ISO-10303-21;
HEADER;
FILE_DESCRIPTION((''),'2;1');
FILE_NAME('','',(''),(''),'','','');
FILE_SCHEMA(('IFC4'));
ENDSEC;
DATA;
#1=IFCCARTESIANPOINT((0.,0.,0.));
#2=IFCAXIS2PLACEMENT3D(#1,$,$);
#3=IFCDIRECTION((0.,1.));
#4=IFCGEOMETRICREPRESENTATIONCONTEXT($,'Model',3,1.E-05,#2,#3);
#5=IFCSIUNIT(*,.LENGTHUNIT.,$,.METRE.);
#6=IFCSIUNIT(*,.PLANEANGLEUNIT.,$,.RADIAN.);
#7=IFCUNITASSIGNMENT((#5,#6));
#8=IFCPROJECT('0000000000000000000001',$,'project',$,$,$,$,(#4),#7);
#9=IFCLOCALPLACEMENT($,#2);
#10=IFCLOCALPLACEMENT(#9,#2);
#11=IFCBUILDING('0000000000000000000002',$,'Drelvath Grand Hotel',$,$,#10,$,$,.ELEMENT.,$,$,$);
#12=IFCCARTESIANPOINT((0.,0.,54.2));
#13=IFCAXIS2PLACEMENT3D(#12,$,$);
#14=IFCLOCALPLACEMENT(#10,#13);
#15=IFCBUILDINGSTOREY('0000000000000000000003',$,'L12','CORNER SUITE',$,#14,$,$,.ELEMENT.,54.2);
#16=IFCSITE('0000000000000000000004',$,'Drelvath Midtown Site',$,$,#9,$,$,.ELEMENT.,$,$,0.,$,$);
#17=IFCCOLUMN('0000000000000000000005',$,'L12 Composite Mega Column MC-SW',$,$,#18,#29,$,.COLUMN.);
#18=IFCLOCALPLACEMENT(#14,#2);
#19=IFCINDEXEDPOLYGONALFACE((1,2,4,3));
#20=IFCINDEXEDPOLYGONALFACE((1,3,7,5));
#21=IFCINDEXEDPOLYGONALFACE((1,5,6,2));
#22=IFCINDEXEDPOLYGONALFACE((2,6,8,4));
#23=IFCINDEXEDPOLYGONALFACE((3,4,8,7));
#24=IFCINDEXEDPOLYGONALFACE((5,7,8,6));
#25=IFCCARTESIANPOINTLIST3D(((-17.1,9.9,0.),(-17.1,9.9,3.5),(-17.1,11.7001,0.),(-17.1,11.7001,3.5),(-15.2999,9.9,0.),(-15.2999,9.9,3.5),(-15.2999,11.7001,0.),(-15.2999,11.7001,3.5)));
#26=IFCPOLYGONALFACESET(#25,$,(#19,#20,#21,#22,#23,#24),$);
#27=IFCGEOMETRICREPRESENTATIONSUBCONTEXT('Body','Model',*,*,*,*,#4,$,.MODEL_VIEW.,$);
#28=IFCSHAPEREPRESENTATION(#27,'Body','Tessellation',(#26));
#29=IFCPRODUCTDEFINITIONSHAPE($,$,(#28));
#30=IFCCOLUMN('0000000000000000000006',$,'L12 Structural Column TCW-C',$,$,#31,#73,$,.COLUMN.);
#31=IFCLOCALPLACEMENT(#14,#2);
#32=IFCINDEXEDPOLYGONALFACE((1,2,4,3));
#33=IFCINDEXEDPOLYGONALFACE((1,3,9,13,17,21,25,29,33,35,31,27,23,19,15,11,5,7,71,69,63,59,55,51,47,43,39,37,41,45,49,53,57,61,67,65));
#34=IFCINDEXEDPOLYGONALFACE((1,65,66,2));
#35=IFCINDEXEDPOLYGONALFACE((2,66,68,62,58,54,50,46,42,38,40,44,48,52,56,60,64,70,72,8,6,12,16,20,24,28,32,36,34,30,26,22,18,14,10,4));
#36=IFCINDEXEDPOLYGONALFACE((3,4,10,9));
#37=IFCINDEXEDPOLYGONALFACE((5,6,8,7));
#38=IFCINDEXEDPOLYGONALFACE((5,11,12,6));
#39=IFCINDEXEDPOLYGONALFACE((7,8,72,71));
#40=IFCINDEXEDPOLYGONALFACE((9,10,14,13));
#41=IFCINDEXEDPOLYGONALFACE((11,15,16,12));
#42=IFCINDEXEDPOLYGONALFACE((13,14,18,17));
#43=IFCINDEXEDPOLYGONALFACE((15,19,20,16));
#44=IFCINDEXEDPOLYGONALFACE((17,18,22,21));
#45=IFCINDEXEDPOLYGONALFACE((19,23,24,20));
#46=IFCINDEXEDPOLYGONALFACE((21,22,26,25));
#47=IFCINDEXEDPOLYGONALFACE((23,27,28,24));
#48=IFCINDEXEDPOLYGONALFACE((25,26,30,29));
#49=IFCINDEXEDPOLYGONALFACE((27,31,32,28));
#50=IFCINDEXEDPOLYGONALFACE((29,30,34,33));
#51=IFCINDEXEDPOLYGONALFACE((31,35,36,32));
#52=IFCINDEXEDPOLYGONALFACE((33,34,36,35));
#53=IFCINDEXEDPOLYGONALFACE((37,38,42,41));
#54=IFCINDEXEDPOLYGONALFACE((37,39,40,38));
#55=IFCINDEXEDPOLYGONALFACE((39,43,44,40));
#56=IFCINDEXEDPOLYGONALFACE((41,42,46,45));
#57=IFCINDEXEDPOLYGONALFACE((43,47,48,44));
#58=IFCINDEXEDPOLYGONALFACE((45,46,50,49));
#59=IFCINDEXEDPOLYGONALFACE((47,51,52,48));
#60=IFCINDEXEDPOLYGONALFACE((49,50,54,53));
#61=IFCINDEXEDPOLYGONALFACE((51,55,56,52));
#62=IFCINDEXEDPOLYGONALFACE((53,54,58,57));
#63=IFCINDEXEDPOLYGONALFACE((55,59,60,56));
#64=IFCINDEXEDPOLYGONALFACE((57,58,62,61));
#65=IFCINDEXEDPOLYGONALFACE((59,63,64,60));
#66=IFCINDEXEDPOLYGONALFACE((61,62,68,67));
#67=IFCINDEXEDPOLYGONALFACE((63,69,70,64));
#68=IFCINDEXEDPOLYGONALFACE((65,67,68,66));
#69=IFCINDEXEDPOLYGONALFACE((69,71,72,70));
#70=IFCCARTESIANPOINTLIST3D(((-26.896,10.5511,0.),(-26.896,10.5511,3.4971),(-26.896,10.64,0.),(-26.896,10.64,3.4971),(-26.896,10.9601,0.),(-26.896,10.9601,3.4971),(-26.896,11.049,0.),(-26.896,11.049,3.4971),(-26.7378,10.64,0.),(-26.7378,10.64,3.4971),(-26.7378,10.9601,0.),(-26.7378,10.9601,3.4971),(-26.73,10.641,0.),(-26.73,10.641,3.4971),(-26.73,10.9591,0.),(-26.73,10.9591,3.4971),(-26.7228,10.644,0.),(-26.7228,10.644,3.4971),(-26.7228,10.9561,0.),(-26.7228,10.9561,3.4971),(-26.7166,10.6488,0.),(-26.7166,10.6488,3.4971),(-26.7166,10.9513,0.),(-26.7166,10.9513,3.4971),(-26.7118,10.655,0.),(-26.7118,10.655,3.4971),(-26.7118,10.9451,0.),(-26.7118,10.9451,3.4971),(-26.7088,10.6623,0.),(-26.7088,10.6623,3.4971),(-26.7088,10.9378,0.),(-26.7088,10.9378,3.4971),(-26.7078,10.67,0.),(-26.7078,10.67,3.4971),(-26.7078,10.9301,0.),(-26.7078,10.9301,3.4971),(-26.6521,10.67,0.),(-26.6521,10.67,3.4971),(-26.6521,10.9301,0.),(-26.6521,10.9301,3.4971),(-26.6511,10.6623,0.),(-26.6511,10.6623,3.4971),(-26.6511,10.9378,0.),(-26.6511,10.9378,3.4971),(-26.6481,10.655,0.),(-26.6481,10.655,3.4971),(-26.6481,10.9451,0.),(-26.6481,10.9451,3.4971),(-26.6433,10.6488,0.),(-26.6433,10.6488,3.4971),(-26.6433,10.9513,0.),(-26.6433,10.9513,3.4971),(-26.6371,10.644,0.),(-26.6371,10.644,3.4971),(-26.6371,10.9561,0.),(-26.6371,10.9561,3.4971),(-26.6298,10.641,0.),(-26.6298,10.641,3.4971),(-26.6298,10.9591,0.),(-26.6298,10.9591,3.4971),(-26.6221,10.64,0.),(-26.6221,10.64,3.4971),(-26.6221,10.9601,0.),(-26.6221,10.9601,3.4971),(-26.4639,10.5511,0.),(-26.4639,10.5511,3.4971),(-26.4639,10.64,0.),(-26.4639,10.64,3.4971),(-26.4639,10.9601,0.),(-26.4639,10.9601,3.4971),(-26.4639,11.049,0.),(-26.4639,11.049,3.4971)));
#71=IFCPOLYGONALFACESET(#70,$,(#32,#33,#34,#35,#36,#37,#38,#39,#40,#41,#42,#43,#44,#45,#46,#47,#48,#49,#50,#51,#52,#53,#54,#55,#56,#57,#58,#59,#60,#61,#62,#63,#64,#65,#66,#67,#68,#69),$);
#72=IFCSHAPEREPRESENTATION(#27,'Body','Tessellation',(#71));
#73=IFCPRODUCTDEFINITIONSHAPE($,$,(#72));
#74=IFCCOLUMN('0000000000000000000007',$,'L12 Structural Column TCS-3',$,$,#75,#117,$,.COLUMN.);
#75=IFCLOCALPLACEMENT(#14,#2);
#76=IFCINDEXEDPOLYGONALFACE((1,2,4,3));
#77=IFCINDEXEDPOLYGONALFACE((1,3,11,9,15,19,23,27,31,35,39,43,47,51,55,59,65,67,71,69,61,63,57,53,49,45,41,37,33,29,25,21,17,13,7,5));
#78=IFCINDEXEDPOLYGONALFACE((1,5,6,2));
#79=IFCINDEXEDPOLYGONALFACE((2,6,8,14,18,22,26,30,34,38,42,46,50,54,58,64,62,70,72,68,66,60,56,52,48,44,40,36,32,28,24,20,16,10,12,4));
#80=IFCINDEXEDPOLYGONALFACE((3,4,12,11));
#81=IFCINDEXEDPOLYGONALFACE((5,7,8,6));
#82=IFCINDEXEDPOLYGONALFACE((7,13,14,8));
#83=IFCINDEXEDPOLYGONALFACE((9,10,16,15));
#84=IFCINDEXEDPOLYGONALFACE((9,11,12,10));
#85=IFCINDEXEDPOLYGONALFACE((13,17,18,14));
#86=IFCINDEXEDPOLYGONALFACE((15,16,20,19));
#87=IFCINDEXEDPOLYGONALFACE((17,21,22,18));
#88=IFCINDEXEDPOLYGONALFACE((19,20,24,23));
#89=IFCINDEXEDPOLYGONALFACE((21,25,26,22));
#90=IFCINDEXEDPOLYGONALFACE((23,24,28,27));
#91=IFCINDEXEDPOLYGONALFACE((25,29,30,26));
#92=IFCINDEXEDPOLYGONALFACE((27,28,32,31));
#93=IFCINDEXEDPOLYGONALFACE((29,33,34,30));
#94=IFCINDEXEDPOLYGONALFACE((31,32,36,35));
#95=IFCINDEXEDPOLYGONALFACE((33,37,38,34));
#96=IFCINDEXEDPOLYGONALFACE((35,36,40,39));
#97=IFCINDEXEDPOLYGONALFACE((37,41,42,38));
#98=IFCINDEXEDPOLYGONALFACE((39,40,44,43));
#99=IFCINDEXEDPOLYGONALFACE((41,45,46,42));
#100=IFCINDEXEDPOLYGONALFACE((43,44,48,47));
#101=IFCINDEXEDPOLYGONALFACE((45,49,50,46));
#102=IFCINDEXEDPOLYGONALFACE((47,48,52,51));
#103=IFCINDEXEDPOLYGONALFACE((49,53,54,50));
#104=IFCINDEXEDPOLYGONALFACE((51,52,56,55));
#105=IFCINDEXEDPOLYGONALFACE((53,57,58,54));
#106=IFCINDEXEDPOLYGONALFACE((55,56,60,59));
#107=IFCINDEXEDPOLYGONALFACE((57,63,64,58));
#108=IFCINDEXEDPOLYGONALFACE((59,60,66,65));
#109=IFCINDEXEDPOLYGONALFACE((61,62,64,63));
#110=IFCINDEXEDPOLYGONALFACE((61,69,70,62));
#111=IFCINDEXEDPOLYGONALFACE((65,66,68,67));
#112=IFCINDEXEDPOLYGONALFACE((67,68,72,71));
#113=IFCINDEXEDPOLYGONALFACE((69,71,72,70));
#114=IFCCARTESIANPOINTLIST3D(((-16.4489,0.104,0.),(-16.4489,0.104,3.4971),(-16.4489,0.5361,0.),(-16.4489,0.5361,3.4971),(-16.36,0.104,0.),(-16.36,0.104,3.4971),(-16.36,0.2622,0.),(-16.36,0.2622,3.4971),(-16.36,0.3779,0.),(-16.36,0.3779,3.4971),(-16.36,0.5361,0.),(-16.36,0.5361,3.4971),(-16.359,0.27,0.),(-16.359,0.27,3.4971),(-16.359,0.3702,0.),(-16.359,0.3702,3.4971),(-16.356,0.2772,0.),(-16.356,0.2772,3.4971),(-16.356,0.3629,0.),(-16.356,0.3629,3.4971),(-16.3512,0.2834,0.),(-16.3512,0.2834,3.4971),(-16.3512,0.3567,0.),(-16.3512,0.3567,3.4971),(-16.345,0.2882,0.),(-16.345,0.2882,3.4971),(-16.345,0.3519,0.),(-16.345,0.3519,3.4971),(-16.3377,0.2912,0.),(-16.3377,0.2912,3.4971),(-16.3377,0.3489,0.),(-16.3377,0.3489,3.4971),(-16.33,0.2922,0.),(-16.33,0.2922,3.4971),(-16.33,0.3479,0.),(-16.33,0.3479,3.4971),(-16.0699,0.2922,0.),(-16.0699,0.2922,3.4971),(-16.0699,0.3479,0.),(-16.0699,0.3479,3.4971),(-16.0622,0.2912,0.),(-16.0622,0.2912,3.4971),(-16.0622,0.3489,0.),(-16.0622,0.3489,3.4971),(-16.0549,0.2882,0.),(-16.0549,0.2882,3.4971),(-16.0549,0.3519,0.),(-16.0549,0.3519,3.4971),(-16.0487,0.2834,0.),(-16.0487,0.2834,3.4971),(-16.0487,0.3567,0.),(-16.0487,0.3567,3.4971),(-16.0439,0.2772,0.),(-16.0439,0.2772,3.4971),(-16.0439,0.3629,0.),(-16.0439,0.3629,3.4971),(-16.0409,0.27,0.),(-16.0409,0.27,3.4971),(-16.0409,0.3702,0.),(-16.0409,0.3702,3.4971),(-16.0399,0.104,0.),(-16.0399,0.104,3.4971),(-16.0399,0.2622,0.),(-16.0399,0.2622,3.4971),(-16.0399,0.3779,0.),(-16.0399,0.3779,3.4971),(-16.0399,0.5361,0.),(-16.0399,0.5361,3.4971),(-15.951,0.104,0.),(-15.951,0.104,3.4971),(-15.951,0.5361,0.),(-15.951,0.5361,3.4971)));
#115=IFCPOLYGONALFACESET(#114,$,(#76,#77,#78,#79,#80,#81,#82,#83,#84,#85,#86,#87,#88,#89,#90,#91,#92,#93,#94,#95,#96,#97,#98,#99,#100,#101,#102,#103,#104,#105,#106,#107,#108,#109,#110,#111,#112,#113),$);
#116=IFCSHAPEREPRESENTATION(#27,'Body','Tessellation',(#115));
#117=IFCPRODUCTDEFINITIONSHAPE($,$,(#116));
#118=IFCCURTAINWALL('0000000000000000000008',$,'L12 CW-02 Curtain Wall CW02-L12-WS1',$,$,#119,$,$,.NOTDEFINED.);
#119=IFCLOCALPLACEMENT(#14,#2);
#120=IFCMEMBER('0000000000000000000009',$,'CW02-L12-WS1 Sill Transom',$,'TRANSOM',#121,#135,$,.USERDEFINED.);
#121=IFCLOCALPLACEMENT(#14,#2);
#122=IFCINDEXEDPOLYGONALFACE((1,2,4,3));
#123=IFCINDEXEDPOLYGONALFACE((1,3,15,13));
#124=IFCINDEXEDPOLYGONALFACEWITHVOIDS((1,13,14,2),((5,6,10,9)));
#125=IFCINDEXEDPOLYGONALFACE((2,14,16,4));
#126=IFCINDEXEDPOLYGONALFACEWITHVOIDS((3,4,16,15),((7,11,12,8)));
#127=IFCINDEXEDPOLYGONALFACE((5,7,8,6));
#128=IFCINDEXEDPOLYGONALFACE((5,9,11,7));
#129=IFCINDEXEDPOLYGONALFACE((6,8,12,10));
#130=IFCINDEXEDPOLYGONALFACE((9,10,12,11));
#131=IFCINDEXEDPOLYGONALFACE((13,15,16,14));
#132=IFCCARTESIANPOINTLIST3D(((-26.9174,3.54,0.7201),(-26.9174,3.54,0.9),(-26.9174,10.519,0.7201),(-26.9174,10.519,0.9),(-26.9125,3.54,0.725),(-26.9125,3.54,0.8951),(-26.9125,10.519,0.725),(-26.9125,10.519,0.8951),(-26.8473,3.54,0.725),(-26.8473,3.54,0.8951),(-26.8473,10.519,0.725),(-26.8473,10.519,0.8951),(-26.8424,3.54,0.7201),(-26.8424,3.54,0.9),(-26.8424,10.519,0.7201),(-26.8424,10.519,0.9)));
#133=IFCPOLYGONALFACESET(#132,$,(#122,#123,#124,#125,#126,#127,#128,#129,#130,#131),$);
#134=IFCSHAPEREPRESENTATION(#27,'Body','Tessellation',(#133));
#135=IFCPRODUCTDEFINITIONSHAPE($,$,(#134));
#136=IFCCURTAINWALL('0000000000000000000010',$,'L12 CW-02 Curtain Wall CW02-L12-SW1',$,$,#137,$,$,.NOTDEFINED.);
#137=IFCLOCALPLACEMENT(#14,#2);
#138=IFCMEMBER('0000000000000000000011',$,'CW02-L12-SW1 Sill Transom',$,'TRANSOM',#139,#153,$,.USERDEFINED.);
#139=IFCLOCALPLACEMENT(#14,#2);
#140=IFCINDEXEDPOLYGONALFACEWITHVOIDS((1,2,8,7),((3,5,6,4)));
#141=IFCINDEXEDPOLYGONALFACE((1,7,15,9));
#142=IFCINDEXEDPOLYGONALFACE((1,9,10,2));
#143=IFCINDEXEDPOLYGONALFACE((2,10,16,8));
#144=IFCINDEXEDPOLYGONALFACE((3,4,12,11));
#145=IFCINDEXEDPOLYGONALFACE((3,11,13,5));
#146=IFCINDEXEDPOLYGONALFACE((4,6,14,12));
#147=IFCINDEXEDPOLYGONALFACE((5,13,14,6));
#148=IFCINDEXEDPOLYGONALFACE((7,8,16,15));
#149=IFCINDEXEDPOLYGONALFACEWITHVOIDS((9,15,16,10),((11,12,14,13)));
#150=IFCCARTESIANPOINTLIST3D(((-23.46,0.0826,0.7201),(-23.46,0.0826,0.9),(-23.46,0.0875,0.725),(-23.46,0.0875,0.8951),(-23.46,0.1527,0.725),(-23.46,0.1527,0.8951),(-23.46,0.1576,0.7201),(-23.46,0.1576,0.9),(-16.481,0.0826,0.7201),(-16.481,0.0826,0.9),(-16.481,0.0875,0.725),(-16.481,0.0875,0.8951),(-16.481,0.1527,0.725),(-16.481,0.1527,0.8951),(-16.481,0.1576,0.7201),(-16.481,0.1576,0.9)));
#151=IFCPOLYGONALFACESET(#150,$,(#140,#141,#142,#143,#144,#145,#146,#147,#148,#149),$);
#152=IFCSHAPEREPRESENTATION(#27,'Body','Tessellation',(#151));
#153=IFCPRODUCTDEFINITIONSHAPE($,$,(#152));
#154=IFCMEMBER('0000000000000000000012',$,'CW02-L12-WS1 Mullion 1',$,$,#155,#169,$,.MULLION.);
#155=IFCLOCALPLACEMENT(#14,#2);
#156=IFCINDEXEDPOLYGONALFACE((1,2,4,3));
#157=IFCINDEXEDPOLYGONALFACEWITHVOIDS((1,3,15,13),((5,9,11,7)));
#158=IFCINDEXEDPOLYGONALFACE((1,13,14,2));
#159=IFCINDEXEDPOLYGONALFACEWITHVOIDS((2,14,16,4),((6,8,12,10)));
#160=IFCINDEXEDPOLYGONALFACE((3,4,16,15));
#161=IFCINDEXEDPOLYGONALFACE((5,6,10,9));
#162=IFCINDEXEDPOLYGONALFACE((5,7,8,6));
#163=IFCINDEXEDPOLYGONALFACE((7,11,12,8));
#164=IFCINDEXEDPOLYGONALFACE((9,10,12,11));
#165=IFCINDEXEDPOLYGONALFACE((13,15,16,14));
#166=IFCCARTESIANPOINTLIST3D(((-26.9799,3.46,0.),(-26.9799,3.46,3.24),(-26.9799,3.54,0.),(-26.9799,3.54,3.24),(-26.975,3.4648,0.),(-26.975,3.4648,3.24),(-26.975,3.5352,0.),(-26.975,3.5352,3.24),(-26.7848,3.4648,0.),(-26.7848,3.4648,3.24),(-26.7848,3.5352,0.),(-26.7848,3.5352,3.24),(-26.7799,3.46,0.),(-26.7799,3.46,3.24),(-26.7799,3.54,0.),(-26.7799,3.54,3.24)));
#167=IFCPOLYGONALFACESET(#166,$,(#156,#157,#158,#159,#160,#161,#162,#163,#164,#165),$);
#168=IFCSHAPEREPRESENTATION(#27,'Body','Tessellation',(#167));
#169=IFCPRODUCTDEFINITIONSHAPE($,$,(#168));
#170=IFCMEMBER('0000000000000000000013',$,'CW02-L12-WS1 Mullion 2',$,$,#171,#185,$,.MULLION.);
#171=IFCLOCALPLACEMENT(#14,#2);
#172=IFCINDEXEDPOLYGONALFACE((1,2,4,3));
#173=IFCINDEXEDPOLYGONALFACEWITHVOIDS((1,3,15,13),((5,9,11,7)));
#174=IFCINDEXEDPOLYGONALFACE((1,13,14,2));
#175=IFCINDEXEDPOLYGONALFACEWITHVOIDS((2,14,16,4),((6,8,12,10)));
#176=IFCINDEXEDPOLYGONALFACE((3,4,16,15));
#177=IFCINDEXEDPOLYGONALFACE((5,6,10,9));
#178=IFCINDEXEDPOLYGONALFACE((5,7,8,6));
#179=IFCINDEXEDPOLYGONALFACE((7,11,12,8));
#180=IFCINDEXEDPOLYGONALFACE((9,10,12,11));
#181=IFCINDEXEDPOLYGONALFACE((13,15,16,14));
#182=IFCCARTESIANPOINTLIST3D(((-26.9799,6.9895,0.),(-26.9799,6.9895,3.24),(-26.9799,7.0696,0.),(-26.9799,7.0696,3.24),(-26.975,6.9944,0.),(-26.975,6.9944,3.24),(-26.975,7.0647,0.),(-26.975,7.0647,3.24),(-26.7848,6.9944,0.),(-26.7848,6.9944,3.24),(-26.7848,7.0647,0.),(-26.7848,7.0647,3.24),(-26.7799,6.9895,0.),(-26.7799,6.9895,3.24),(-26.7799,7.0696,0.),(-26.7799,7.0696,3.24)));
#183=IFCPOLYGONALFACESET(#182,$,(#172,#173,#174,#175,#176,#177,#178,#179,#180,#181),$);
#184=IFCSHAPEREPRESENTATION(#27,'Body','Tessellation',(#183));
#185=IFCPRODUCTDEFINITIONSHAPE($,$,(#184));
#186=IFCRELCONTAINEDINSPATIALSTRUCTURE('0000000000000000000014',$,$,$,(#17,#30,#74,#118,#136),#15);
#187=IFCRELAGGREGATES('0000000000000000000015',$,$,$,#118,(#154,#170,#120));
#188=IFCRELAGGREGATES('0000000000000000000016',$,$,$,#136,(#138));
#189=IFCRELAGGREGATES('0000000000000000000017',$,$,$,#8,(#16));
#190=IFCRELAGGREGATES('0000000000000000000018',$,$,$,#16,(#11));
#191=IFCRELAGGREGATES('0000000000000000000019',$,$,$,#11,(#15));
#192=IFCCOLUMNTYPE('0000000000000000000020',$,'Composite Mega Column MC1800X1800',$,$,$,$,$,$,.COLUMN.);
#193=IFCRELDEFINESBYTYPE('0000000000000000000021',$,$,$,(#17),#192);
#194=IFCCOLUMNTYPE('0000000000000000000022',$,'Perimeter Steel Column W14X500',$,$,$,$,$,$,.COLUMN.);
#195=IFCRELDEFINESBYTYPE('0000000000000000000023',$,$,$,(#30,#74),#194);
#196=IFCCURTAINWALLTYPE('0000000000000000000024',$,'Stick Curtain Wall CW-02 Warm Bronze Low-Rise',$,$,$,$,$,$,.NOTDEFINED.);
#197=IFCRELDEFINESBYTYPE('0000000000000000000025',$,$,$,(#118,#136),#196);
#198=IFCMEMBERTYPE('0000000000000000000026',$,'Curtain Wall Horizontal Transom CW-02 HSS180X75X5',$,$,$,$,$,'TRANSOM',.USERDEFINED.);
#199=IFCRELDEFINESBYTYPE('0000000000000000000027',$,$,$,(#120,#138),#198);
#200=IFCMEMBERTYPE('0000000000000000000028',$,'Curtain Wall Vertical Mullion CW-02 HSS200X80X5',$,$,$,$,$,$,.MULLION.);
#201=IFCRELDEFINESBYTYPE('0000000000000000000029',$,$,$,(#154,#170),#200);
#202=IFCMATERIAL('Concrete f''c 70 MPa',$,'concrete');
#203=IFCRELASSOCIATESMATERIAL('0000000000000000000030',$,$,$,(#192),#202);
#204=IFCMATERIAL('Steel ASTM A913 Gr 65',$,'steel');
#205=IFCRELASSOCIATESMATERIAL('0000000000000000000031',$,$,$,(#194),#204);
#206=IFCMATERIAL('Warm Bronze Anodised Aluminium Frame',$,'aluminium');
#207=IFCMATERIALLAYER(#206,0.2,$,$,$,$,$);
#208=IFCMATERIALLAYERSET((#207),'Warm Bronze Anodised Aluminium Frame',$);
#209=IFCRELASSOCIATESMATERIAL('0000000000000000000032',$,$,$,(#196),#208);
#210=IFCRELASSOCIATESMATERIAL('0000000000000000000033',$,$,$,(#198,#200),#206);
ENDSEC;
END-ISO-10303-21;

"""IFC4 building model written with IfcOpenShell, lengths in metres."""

from ifc_helpers import new_model, si_unit, direction, frame, origin, origin_2d, place, context, subcontext, project, spatial, rectangle, hollow_rectangle, i_section, extrude, material, layer, layer_set, material_profile, profile_set, type_object, element, aggregate, save


model = new_model("IFC4")

# Units and contexts
model_context = context("Model", 3, precision=1e-05, world=origin(), true_north=direction((0.0, 1.0)))
body_context = subcontext(model_context, "Body", "Model", "MODEL_VIEW")
ifc_project = project(units=[si_unit("LENGTHUNIT", "METRE"), si_unit("PLANEANGLEUNIT", "RADIAN")], contexts=[model_context])

# Site, building, storey
site_placement = place(None, origin())
site = spatial("IfcSite", under=ifc_project, at=site_placement, Name="Drelvath Midtown Site", CompositionType="ELEMENT", RefElevation=0.0)
building_placement = place(site_placement, origin())
building = spatial("IfcBuilding", under=site, at=building_placement, Name="Drelvath Grand Hotel", CompositionType="ELEMENT")
storey_placement = place(building_placement, frame((0.0, 0.0, 54.2)))
storey = spatial("IfcBuildingStorey", under=building, at=storey_placement, Name="L12", Description="CORNER SUITE", CompositionType="ELEMENT", Elevation=54.2)

# Columns
ifc_material_1 = material(Name="Concrete f'c 70 MPa", Category="concrete")
ifc_material_profile_1 = material_profile(ifc_material_1, rectangle(XDim=1.8, YDim=1.8, at=origin_2d()), Name="MC1800X1800")
ifc_profile_set_1 = profile_set([ifc_material_profile_1], Name="Concrete f'c 70 MPa")
column_type_1 = type_object("IfcColumnType", Name="Composite Mega Column MC1800X1800", PredefinedType="COLUMN", material=ifc_profile_set_1)
column_placement = place(storey_placement, frame((-16.2, 10.8, 0.0), z_axis=(0.0, 0.0, 1.0), x_axis=(1.0, 0.0, 0.0)))
element("IfcColumn", 1, at=column_placement, inside=storey, type_object=column_type_1, Name="L12 Composite Mega Column MC-SW", PredefinedType="COLUMN", context=body_context, shape_type="SweptSolid", body=[
    extrude(rectangle(XDim=1.8, YDim=1.8, at=origin_2d()), origin(), (0.0, 0.0, 1.0), 3.5),
])
ifc_material_2 = material(Name="Steel ASTM A913 Gr 65", Category="steel")
ifc_material_profile_2 = material_profile(ifc_material_2, i_section(OverallWidth=0.4321, OverallDepth=0.4978, WebThickness=0.0557, FlangeThickness=0.0889, FilletRadius=0.03, at=origin_2d()), Name="W14X500")
ifc_profile_set_2 = profile_set([ifc_material_profile_2], Name="Steel ASTM A913 Gr 65")
column_type_2 = type_object("IfcColumnType", Name="Perimeter Steel Column W14X500", PredefinedType="COLUMN", material=ifc_profile_set_2)
for number, where, z_axis, x_axis, name in (
    (2, (-26.6799, 10.8, 0.0), (0.0, 0.0, 1.0), (1.0, 0.0, 0.0), "L12 Structural Column TCW-C"),
    (3, (-16.2, 0.3201, 0.0), (0.0, 0.0, 1.0), (0.0, 1.0, 0.0), "L12 Structural Column TCS-3"),
):
    element("IfcColumn", number, at=place(storey_placement, frame(where, z_axis=z_axis, x_axis=x_axis)), inside=storey, type_object=column_type_2, Name=name, PredefinedType="COLUMN", context=body_context, shape_type="SweptSolid", body=[
        extrude(i_section(OverallWidth=0.4321, OverallDepth=0.4978, WebThickness=0.0557, FlangeThickness=0.0889, FilletRadius=0.03, at=origin_2d()), origin(), (0.0, 0.0, 1.0), 3.4971),
    ])

# Curtain walls, members
ifc_material_3 = material(Name="Warm Bronze Anodised Aluminium Frame", Category="aluminium")
ifc_layer_1 = layer(ifc_material_3, 0.2)
ifc_layer_set_1 = layer_set([ifc_layer_1], Name="Warm Bronze Anodised Aluminium Frame")
curtain_wall_type = type_object("IfcCurtainWallType", Name="Stick Curtain Wall CW-02 Warm Bronze Low-Rise", PredefinedType="NOTDEFINED", material=ifc_layer_set_1)
curtain_wall_1_placement = place(storey_placement, origin())
curtain_wall_1 = element("IfcCurtainWall", 4, at=curtain_wall_1_placement, inside=storey, type_object=curtain_wall_type, Name="L12 CW-02 Curtain Wall CW02-L12-WS1", PredefinedType="NOTDEFINED")
ifc_material_profile_3 = material_profile(ifc_material_3, hollow_rectangle(XDim=0.075, YDim=0.1799, WallThickness=0.0049, at=origin_2d()), Name="HSS180X75X5")
ifc_profile_set_3 = profile_set([ifc_material_profile_3], Name="Warm Bronze Anodised Aluminium Frame")
member_type_1 = type_object("IfcMemberType", Name="Curtain Wall Horizontal Transom CW-02 HSS180X75X5", ElementType="TRANSOM", PredefinedType="USERDEFINED", material=ifc_profile_set_3)
member_1_placement = place(storey_placement, frame((-26.8799, 3.54, 0.8101), z_axis=(0.0, 1.0, 0.0), x_axis=(-1.0, 0.0, 0.0)))
member_1 = element("IfcMember", 5, at=member_1_placement, type_object=member_type_1, Name="CW02-L12-WS1 Sill Transom", ObjectType="TRANSOM", PredefinedType="USERDEFINED", context=body_context, shape_type="SweptSolid", body=[
    extrude(hollow_rectangle(XDim=0.075, YDim=0.1799, WallThickness=0.0049, at=origin_2d()), origin(), (0.0, 0.0, 1.0), 6.979),
])
curtain_wall_2_placement = place(storey_placement, origin())
curtain_wall_2 = element("IfcCurtainWall", 6, at=curtain_wall_2_placement, inside=storey, type_object=curtain_wall_type, Name="L12 CW-02 Curtain Wall CW02-L12-SW1", PredefinedType="NOTDEFINED")
member_2_placement = place(storey_placement, frame((-16.481, 0.1201, 0.8101), z_axis=(-1.0, 0.0, 0.0), x_axis=(0.0, -1.0, 0.0)))
member_2 = element("IfcMember", 7, at=member_2_placement, type_object=member_type_1, Name="CW02-L12-SW1 Sill Transom", ObjectType="TRANSOM", PredefinedType="USERDEFINED", context=body_context, shape_type="SweptSolid", body=[
    extrude(hollow_rectangle(XDim=0.075, YDim=0.1799, WallThickness=0.0049, at=origin_2d()), origin(), (0.0, 0.0, 1.0), 6.979),
])

# Members
ifc_material_profile_4 = material_profile(ifc_material_3, hollow_rectangle(XDim=0.0801, YDim=0.2, WallThickness=0.0049, at=origin_2d()), Name="HSS200X80X5")
ifc_profile_set_4 = profile_set([ifc_material_profile_4], Name="Warm Bronze Anodised Aluminium Frame")
member_type_2 = type_object("IfcMemberType", Name="Curtain Wall Vertical Mullion CW-02 HSS200X80X5", PredefinedType="MULLION", material=ifc_profile_set_4)
member_3_placement = place(storey_placement, frame((-26.8799, 3.5, 0.0), z_axis=(0.0, 0.0, 1.0), x_axis=(0.0, 1.0, 0.0)))
member_3 = element("IfcMember", 8, at=member_3_placement, type_object=member_type_2, Name="CW02-L12-WS1 Mullion 1", PredefinedType="MULLION", context=body_context, shape_type="SweptSolid", body=[
    extrude(hollow_rectangle(XDim=0.0801, YDim=0.2, WallThickness=0.0049, at=origin_2d()), origin(), (0.0, 0.0, 1.0), 3.24),
])
member_4_placement = place(storey_placement, frame((-26.8799, 7.0295, 0.0), z_axis=(0.0, 0.0, 1.0), x_axis=(0.0, 1.0, 0.0)))
member_4 = element("IfcMember", 9, at=member_4_placement, type_object=member_type_2, Name="CW02-L12-WS1 Mullion 2", PredefinedType="MULLION", context=body_context, shape_type="SweptSolid", body=[
    extrude(hollow_rectangle(XDim=0.0801, YDim=0.2, WallThickness=0.0049, at=origin_2d()), origin(), (0.0, 0.0, 1.0), 3.24),
])

aggregate(curtain_wall_1, [member_3, member_4, member_1])
aggregate(curtain_wall_2, [member_2])

save(model, "model.ifc")
